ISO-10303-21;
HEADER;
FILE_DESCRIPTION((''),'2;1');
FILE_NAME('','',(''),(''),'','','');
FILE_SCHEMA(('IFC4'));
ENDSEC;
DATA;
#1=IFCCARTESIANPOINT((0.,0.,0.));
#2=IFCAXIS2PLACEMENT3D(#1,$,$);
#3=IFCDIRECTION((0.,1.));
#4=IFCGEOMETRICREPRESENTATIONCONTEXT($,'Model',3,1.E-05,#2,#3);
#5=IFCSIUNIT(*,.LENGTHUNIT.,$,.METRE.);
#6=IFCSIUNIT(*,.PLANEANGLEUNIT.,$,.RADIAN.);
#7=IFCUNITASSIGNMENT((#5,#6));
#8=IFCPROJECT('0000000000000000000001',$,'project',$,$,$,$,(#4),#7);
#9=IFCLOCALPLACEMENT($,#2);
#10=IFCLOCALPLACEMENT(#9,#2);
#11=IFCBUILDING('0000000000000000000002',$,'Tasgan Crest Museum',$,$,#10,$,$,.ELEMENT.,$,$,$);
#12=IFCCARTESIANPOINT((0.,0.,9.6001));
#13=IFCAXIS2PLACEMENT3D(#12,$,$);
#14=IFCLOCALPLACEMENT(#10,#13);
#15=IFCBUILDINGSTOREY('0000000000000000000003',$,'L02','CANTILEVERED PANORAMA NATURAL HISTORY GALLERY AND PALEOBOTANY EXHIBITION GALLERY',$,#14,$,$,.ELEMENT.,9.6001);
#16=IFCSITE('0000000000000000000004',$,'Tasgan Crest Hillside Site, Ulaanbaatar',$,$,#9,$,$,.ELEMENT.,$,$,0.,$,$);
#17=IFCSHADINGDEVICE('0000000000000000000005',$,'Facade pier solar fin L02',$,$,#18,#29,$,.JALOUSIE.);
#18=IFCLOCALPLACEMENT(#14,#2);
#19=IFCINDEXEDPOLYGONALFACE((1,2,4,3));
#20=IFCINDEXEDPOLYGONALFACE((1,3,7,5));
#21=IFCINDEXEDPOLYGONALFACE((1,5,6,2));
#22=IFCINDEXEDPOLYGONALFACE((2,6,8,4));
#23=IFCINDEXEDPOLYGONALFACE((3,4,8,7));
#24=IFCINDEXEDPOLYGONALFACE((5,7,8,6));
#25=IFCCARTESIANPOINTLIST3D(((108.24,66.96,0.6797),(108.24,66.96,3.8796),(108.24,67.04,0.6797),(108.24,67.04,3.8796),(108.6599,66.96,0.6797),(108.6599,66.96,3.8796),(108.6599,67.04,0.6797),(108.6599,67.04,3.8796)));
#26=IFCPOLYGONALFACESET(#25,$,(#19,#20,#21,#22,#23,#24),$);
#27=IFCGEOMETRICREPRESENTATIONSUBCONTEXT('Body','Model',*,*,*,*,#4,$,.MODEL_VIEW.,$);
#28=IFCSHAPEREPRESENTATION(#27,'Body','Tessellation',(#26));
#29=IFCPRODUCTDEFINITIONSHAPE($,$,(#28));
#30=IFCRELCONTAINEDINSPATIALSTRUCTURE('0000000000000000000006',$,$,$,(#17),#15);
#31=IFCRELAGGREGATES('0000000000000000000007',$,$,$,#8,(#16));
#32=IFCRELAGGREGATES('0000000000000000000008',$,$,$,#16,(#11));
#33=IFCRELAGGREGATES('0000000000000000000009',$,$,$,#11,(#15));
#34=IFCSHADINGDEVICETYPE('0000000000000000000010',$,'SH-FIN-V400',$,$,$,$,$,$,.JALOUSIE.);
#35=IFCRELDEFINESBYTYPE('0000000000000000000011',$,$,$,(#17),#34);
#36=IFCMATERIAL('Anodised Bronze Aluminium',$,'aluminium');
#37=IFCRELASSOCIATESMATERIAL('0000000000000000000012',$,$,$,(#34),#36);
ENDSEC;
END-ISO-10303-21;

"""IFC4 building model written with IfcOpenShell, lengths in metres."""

from ifc_helpers import new_model, si_unit, direction, frame, origin, origin_2d, place, context, subcontext, project, spatial, rectangle, extrude, material, type_object, element, save


model = new_model("IFC4")

# Units and contexts
model_context = context("Model", 3, precision=1e-05, world=origin(), true_north=direction((0.0, 1.0)))
body_context = subcontext(model_context, "Body", "Model", "MODEL_VIEW")
ifc_project = project(units=[si_unit("LENGTHUNIT", "METRE"), si_unit("PLANEANGLEUNIT", "RADIAN")], contexts=[model_context])

# Site, building, storey
site_placement = place(None, origin())
site = spatial("IfcSite", under=ifc_project, at=site_placement, Name="Tasgan Crest Hillside Site, Ulaanbaatar", CompositionType="ELEMENT", RefElevation=0.0)
building_placement = place(site_placement, origin())
building = spatial("IfcBuilding", under=site, at=building_placement, Name="Tasgan Crest Museum", CompositionType="ELEMENT")
storey_placement = place(building_placement, frame((0.0, 0.0, 9.6001)))
storey = spatial("IfcBuildingStorey", under=building, at=storey_placement, Name="L02", Description="CANTILEVERED PANORAMA NATURAL HISTORY GALLERY AND PALEOBOTANY EXHIBITION GALLERY", CompositionType="ELEMENT", Elevation=9.6001)

# Shading device
ifc_material_1 = material(Name="Anodised Bronze Aluminium", Category="aluminium")
shading_device_type = type_object("IfcShadingDeviceType", Name="SH-FIN-V400", PredefinedType="JALOUSIE", material=ifc_material_1)
shading_device_placement = place(storey_placement, frame((108.45, 67.0, 0.6797), z_axis=(0.0, 0.0, 1.0), x_axis=(0.0, 1.0, 0.0)))
element("IfcShadingDevice", 1, at=shading_device_placement, inside=storey, type_object=shading_device_type, Name="Facade pier solar fin L02", PredefinedType="JALOUSIE", context=body_context, shape_type="SweptSolid", body=[
    extrude(rectangle(XDim=0.0801, YDim=0.4199, at=origin_2d()), origin(), (0.0, 0.0, 1.0), 3.2),
])

save(model, "model.ifc")
